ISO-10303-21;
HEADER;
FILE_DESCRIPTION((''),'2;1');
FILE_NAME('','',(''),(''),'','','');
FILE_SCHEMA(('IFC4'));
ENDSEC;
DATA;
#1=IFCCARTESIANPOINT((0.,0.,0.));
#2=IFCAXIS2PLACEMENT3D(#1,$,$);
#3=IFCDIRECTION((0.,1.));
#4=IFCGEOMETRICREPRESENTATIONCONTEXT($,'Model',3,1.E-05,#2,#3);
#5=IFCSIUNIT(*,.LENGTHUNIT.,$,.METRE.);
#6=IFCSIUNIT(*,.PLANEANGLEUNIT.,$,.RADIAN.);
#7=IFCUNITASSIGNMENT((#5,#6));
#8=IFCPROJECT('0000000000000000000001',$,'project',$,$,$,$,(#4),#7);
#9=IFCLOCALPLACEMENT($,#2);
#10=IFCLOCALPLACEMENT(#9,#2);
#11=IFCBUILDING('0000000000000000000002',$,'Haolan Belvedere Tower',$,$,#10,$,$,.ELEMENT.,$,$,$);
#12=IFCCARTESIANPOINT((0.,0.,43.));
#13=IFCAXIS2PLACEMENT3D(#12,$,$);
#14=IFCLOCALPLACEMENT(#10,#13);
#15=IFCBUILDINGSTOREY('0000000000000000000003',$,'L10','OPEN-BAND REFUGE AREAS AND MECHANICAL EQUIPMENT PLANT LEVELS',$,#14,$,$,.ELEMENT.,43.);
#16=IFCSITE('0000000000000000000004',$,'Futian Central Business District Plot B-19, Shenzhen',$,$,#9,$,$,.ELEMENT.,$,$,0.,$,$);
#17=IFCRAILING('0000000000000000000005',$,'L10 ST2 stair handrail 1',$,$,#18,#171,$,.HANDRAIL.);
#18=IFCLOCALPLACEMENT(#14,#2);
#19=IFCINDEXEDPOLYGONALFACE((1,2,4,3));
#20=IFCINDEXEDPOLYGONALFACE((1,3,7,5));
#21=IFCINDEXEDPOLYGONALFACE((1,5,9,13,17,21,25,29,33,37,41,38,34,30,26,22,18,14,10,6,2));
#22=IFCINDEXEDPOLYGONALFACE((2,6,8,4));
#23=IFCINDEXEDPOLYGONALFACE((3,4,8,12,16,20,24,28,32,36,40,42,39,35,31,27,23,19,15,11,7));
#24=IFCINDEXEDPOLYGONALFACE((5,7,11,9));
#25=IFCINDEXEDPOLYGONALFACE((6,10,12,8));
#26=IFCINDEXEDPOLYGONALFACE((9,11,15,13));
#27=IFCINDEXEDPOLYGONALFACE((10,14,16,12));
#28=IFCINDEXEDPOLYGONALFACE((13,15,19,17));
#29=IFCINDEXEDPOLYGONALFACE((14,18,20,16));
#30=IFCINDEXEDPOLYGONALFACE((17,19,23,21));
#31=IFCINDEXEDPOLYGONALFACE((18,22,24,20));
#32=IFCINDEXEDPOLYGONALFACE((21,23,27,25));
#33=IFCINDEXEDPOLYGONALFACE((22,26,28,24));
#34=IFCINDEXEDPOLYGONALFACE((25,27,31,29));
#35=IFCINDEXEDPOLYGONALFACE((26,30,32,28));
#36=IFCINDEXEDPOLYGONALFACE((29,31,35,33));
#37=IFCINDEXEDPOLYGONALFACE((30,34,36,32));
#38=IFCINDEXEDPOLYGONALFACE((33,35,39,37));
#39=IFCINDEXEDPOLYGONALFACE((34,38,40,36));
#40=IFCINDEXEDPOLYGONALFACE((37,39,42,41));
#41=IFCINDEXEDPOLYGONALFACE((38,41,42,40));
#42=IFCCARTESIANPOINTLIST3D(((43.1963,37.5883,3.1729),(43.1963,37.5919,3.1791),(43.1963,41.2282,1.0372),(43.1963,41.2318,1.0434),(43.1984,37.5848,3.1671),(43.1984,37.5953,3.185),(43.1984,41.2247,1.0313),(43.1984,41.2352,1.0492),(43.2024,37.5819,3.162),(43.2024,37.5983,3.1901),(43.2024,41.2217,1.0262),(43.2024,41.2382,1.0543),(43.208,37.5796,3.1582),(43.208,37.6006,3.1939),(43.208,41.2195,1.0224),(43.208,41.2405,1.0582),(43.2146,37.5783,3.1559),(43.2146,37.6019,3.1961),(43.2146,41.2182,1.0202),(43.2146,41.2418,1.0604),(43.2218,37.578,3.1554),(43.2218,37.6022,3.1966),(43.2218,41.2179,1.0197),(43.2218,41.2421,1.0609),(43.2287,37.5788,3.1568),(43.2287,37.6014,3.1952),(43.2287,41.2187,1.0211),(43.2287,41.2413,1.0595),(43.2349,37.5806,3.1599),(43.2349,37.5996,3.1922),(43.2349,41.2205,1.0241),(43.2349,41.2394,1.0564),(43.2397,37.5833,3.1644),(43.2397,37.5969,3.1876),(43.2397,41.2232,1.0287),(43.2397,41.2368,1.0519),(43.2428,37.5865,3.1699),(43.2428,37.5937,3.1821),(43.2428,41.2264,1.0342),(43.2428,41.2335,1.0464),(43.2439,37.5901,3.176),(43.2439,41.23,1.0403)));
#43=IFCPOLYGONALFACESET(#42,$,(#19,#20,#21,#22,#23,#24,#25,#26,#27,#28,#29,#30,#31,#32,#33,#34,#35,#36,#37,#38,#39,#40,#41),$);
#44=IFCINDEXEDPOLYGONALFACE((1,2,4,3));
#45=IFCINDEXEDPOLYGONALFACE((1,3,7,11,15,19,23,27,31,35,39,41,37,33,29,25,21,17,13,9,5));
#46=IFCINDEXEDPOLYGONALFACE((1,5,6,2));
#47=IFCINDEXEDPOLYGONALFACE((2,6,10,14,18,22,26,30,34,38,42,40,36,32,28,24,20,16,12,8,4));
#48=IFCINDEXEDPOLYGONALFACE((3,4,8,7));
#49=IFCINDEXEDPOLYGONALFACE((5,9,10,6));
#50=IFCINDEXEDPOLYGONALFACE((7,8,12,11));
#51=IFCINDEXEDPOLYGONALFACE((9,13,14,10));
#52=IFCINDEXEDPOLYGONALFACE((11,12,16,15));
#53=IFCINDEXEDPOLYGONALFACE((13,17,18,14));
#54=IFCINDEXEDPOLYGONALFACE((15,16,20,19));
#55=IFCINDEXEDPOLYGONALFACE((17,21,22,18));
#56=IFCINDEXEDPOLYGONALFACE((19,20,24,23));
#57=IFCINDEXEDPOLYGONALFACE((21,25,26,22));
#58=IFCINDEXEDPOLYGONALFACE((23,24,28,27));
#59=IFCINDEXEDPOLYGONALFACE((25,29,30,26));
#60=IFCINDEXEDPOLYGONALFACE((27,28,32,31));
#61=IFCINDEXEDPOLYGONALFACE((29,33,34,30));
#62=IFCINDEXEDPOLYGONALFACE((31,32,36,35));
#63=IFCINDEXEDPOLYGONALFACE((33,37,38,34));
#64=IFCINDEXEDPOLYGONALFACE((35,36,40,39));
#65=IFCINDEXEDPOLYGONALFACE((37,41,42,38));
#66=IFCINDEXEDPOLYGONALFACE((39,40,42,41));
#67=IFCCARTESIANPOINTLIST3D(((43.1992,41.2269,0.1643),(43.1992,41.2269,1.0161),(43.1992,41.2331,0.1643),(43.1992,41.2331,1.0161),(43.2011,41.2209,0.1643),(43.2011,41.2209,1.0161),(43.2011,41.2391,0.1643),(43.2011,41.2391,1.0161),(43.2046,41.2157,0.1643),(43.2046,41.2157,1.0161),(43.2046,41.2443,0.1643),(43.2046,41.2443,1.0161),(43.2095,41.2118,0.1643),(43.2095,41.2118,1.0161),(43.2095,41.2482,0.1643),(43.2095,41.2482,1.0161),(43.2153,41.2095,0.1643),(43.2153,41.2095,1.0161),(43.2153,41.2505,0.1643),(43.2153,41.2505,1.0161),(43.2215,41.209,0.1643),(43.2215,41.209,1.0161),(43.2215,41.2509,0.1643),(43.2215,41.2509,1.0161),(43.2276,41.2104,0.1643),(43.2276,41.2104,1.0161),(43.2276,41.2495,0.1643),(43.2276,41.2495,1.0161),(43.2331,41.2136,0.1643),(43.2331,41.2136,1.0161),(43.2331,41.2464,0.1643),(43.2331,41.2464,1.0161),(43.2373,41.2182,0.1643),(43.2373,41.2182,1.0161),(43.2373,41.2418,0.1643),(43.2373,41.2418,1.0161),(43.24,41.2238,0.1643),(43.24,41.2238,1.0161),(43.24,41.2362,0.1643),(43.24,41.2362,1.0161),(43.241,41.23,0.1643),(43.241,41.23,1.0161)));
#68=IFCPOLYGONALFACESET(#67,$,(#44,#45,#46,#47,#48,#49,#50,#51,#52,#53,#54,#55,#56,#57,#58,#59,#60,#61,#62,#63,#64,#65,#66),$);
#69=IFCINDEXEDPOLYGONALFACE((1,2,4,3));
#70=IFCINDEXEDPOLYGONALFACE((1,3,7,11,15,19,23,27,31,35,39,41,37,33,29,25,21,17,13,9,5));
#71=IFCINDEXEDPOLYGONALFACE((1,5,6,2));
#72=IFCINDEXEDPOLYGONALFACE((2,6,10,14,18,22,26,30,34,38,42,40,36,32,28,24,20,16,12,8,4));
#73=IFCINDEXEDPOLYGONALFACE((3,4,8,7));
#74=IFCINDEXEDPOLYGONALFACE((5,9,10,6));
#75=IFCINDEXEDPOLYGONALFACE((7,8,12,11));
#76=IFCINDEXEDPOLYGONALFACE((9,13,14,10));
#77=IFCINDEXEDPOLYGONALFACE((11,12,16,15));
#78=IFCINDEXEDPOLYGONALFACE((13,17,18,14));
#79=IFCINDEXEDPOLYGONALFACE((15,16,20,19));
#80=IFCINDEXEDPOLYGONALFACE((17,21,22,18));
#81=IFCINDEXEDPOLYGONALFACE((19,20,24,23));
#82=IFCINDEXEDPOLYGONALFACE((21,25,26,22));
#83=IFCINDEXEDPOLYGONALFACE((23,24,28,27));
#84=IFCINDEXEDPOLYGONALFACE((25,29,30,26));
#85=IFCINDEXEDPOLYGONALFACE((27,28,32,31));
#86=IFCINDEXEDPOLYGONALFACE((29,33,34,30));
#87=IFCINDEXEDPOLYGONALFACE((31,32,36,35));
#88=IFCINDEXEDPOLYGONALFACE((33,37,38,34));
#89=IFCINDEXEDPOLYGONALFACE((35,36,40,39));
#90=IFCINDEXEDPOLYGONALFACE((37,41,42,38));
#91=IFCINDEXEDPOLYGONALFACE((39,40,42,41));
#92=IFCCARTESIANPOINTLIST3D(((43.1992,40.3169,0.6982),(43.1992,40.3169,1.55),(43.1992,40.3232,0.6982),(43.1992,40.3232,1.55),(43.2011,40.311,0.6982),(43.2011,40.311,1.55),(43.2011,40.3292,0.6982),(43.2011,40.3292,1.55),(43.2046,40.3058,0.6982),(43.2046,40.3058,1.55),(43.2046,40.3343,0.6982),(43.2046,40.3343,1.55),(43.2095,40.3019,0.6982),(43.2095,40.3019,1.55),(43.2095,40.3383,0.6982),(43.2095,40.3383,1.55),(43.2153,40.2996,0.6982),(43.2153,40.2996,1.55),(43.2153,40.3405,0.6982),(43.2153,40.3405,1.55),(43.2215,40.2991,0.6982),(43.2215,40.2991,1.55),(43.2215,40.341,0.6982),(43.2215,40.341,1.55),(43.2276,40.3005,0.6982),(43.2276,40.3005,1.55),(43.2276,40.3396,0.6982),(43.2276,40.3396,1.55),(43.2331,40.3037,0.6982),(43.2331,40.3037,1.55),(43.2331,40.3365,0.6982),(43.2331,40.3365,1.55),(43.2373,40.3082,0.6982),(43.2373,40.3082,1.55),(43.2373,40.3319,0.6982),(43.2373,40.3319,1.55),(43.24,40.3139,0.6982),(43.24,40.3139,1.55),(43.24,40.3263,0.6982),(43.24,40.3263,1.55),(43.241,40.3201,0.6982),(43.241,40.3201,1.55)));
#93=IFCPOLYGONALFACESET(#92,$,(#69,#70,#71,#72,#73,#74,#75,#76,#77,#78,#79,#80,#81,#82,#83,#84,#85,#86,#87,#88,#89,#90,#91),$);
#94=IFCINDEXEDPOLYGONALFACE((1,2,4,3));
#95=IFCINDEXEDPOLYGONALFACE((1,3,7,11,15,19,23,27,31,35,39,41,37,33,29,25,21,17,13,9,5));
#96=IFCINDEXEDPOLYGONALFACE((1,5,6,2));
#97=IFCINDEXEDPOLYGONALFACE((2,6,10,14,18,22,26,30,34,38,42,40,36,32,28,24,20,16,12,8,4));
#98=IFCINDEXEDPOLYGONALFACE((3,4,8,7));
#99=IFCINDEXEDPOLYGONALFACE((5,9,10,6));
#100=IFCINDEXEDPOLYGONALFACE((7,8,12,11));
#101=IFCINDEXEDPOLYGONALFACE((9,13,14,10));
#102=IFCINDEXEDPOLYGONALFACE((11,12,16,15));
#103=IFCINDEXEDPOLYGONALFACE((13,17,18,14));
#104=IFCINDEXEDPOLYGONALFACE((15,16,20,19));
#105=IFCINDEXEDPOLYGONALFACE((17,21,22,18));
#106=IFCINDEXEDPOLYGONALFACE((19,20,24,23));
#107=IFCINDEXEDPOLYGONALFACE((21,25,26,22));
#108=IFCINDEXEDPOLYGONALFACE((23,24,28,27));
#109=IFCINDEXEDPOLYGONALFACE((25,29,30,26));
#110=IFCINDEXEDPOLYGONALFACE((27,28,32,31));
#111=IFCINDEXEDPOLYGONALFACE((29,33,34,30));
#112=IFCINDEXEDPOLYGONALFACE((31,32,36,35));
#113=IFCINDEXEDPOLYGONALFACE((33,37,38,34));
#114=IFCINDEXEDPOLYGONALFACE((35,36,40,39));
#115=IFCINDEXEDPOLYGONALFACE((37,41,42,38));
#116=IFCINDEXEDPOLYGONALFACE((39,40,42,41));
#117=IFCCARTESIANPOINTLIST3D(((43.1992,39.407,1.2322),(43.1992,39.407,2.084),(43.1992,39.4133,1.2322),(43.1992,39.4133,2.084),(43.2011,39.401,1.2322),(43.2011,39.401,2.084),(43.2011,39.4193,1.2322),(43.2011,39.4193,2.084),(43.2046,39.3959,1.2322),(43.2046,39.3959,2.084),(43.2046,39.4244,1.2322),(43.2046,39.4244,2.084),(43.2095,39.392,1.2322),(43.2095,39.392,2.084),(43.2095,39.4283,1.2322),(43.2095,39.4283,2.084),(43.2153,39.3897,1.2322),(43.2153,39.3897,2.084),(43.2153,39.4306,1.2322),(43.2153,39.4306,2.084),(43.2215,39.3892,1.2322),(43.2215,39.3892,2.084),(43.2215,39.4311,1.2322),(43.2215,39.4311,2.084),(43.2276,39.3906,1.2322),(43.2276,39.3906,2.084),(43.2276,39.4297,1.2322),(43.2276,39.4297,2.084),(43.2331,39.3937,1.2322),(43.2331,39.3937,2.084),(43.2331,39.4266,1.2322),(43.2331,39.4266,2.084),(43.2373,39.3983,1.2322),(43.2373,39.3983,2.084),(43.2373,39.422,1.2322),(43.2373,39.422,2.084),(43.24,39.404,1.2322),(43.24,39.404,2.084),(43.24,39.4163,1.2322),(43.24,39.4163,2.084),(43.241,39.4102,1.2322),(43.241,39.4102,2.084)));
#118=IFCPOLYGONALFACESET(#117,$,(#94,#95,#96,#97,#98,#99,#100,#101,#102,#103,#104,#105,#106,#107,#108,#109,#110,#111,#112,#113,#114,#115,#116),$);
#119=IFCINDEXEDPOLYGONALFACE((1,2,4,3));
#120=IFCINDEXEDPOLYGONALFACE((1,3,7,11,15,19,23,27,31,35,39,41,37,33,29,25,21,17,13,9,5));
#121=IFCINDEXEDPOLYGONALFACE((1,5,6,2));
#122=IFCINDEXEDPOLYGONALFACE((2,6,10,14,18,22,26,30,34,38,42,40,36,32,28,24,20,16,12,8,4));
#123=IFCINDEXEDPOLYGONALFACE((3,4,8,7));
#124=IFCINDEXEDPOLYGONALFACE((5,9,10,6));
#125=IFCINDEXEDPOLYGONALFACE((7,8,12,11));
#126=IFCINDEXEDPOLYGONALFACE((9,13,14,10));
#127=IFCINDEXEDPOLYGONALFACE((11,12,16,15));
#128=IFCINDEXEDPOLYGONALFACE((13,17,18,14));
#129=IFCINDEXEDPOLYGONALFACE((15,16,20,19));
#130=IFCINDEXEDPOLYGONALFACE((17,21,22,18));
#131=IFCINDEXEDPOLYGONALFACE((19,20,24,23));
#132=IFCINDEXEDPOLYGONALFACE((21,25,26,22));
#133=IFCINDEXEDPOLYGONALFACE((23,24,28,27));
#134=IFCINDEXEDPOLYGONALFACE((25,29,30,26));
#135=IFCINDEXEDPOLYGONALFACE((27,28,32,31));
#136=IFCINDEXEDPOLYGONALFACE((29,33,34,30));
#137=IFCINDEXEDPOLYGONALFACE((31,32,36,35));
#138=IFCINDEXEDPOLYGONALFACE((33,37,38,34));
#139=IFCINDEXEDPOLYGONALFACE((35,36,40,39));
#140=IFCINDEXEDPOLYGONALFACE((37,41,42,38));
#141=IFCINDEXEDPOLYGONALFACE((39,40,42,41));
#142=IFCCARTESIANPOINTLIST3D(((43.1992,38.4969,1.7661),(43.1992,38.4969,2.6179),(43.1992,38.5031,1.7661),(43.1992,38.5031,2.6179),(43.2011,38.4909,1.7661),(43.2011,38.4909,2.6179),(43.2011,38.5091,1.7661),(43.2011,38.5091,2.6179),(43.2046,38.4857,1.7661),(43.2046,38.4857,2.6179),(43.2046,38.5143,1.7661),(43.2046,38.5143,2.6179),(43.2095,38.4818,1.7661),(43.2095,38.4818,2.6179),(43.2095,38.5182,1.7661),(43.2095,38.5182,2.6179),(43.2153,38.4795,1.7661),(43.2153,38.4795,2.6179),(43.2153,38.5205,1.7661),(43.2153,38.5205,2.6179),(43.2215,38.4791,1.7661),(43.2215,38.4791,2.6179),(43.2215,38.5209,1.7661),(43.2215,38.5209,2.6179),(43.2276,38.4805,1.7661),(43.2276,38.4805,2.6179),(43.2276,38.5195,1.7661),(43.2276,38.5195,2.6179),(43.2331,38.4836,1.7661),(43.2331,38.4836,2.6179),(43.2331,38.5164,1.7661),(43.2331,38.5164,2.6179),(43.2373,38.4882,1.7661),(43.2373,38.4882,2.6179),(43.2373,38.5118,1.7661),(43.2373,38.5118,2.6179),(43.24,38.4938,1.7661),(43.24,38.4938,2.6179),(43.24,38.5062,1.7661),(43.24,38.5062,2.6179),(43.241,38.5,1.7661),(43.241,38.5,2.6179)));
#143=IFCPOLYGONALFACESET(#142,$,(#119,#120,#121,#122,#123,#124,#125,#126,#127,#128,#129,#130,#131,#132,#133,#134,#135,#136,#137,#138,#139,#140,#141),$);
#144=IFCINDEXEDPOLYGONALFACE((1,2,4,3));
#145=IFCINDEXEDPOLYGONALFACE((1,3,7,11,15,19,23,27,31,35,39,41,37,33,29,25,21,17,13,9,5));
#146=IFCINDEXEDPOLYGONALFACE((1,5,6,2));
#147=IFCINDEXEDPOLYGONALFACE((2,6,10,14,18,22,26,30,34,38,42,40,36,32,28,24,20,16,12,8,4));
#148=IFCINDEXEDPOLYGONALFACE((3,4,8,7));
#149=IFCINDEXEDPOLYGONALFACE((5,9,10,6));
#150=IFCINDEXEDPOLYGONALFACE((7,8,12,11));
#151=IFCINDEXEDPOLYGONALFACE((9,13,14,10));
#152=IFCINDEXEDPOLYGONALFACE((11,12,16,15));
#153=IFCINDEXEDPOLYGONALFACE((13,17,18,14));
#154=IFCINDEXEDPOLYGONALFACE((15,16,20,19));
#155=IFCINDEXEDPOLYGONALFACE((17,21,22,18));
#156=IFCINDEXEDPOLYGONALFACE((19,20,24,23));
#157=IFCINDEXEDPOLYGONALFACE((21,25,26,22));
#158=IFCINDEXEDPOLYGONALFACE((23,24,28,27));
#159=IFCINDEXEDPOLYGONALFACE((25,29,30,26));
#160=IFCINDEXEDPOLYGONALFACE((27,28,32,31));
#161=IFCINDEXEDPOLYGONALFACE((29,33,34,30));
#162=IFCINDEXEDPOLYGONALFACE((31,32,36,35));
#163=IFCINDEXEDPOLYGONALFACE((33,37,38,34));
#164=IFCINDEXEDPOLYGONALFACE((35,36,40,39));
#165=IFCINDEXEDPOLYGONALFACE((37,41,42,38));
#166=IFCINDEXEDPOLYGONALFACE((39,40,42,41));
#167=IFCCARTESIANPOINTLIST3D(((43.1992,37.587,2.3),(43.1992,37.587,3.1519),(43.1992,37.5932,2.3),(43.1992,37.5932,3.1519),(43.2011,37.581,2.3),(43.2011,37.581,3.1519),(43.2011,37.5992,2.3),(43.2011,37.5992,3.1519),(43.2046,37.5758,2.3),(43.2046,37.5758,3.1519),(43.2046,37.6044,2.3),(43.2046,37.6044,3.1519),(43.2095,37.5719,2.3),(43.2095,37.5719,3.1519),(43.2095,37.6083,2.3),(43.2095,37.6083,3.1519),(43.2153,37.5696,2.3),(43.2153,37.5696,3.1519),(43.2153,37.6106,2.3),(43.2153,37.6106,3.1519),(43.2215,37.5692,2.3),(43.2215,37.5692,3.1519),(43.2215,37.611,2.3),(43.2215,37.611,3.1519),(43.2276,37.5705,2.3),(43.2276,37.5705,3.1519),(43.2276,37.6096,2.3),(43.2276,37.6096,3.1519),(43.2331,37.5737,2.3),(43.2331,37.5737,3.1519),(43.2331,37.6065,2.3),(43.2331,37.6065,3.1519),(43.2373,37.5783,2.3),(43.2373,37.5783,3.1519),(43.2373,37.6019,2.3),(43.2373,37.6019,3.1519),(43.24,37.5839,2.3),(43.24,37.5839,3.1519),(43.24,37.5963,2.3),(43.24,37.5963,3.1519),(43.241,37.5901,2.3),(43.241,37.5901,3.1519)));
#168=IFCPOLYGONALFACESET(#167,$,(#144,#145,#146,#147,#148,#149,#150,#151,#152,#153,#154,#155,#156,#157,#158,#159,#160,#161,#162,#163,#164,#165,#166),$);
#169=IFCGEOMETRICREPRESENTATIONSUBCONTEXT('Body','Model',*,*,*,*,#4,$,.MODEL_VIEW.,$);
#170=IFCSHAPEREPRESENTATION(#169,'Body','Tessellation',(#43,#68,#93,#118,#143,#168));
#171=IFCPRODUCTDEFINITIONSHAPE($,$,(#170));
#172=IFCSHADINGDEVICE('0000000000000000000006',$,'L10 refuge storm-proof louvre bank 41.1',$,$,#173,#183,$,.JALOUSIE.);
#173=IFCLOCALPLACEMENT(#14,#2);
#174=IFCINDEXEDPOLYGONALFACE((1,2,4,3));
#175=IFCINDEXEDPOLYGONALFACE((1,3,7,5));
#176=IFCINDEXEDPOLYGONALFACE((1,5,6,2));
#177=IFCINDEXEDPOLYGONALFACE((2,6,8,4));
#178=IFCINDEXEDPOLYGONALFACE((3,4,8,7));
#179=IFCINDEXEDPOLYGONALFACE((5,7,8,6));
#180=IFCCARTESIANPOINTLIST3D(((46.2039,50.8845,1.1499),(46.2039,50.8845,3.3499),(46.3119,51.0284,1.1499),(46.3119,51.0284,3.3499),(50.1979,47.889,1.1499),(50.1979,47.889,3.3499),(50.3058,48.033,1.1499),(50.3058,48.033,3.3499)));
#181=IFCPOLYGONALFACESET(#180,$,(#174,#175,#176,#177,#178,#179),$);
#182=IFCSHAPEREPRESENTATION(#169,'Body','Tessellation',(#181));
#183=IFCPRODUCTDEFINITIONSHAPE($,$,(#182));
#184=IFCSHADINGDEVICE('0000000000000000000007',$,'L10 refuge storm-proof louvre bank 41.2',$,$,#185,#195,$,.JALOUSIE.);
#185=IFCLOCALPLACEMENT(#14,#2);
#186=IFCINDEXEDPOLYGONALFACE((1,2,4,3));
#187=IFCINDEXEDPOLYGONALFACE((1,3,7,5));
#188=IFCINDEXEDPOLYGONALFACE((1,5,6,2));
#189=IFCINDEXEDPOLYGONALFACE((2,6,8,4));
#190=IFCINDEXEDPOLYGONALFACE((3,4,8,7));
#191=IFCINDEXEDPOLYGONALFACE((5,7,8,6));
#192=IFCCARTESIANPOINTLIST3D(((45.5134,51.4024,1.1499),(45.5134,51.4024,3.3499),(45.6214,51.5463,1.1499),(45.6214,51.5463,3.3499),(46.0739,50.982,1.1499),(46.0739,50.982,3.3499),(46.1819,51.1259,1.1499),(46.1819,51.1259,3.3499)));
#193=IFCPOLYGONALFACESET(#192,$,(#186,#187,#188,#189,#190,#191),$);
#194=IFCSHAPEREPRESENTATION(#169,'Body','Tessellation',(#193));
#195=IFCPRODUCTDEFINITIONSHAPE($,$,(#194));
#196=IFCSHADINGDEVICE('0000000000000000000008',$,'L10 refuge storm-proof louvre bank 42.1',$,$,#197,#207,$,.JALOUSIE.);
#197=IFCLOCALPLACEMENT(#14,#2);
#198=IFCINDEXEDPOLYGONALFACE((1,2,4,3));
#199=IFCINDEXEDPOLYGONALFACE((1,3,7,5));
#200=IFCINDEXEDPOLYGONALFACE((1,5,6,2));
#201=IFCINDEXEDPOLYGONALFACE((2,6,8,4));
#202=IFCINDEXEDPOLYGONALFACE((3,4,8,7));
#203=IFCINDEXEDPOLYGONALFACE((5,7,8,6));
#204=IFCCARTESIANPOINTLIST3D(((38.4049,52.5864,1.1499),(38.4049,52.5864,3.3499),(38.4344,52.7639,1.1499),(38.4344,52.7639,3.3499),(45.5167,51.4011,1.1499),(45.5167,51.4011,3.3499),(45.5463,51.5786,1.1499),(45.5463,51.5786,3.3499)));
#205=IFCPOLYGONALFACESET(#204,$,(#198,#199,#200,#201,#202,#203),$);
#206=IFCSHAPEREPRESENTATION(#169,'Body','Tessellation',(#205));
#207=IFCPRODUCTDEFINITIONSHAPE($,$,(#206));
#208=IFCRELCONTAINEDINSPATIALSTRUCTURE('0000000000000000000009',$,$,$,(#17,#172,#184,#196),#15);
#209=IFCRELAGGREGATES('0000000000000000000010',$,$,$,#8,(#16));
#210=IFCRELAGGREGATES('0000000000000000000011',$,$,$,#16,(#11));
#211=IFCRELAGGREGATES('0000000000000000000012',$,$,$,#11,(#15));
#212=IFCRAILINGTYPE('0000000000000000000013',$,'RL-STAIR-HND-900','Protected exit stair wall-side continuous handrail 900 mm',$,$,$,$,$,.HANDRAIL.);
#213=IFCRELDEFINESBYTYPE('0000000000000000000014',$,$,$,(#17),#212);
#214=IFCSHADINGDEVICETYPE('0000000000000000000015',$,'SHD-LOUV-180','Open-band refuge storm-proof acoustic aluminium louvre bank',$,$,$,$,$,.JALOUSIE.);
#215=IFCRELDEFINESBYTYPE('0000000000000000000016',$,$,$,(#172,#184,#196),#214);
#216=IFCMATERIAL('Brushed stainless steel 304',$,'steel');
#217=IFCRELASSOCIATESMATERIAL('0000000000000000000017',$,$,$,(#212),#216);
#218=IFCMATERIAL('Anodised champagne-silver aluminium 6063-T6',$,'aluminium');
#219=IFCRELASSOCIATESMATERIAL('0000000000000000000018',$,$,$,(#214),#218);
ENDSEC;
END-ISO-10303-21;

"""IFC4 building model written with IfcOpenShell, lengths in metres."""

from ifc_helpers import new_model, si_unit, direction, frame, origin, origin_2d, place, context, subcontext, project, spatial, rectangle, circle, extrude, material, type_object, element, save


model = new_model("IFC4")

# Units and contexts
model_context = context("Model", 3, precision=1e-05, world=origin(), true_north=direction((0.0, 1.0)))
body_context = subcontext(model_context, "Body", "Model", "MODEL_VIEW")
ifc_project = project(units=[si_unit("LENGTHUNIT", "METRE"), si_unit("PLANEANGLEUNIT", "RADIAN")], contexts=[model_context])

# Site, building, storey
site_placement = place(None, origin())
site = spatial("IfcSite", under=ifc_project, at=site_placement, Name="Futian Central Business District Plot B-19, Shenzhen", CompositionType="ELEMENT", RefElevation=0.0)
building_placement = place(site_placement, origin())
building = spatial("IfcBuilding", under=site, at=building_placement, Name="Haolan Belvedere Tower", CompositionType="ELEMENT")
storey_placement = place(building_placement, frame((0.0, 0.0, 43.0)))
storey = spatial("IfcBuildingStorey", under=building, at=storey_placement, Name="L10", Description="OPEN-BAND REFUGE AREAS AND MECHANICAL EQUIPMENT PLANT LEVELS", CompositionType="ELEMENT", Elevation=43.0)

# Railing
ifc_material_1 = material(Name="Brushed stainless steel 304", Category="steel")
railing_type_1 = type_object("IfcRailingType", Name="RL-STAIR-HND-900", Description="Protected exit stair wall-side continuous handrail 900 mm", PredefinedType="HANDRAIL", material=ifc_material_1)
railing_1_placement = place(storey_placement, frame((43.22, 41.23, 0.1643)))
element("IfcRailing", 1, at=railing_1_placement, inside=storey, type_object=railing_type_1, Name="L10 ST2 stair handrail 1", PredefinedType="HANDRAIL", context=body_context, shape_type="SweptSolid", body=[
    extrude(circle(Radius=0.0239, at=origin_2d()), frame((0.0, 0.0, 0.876), z_axis=(0.0, -0.86249, 0.506074), x_axis=(1.0, 0.0, 0.0)), (0.0, 0.0, 1.0), 4.2202),
    extrude(circle(Radius=0.021, at=origin_2d()), origin(), (0.0, 0.0, 1.0), 0.8518),
    extrude(circle(Radius=0.021, at=origin_2d()), frame((0.0, -0.9099, 0.5339)), (0.0, 0.0, 1.0), 0.8518),
    extrude(circle(Radius=0.021, at=origin_2d()), frame((0.0, -1.8198, 1.0679)), (0.0, 0.0, 1.0), 0.8518),
    extrude(circle(Radius=0.021, at=origin_2d()), frame((0.0, -2.73, 1.6018)), (0.0, 0.0, 1.0), 0.8518),
    extrude(circle(Radius=0.021, at=origin_2d()), frame((0.0, -3.6399, 2.1357)), (0.0, 0.0, 1.0), 0.8518),
])

# Shading devices
ifc_material_2 = material(Name="Anodised champagne-silver aluminium 6063-T6", Category="aluminium")
shading_device_type = type_object("IfcShadingDeviceType", Name="SHD-LOUV-180", Description="Open-band refuge storm-proof acoustic aluminium louvre bank", PredefinedType="JALOUSIE", material=ifc_material_2)
shading_device_1_placement = place(storey_placement, frame((48.2549, 49.4587, 1.1499), z_axis=(0.0, 0.0, 1.0), x_axis=(-0.799999, 0.600001, 0.0)))
element("IfcShadingDevice", 2, at=shading_device_1_placement, inside=storey, type_object=shading_device_type, Name="L10 refuge storm-proof louvre bank 41.1", PredefinedType="JALOUSIE", context=body_context, shape_type="SweptSolid", body=[
    extrude(rectangle(XDim=4.9924, YDim=0.1799, at=origin_2d()), origin(), (0.0, 0.0, 1.0), 2.2),
])
shading_device_2_placement = place(storey_placement, frame((45.8477, 51.2642, 1.1499), z_axis=(0.0, 0.0, 1.0), x_axis=(-0.799988, 0.600015, 0.0)))
element("IfcShadingDevice", 3, at=shading_device_2_placement, inside=storey, type_object=shading_device_type, Name="L10 refuge storm-proof louvre bank 41.2", PredefinedType="JALOUSIE", context=body_context, shape_type="SweptSolid", body=[
    extrude(rectangle(XDim=0.7007, YDim=0.1799, at=origin_2d()), origin(), (0.0, 0.0, 1.0), 2.2),
])
shading_device_3_placement = place(storey_placement, frame((41.9756, 52.0825, 1.1499), z_axis=(0.0, 0.0, 1.0), x_axis=(-0.986395, 0.164393, 0.0)))
element("IfcShadingDevice", 4, at=shading_device_3_placement, inside=storey, type_object=shading_device_type, Name="L10 refuge storm-proof louvre bank 42.1", PredefinedType="JALOUSIE", context=body_context, shape_type="SweptSolid", body=[
    extrude(rectangle(XDim=7.21, YDim=0.1799, at=origin_2d()), origin(), (0.0, 0.0, 1.0), 2.2),
])

save(model, "model.ifc")
